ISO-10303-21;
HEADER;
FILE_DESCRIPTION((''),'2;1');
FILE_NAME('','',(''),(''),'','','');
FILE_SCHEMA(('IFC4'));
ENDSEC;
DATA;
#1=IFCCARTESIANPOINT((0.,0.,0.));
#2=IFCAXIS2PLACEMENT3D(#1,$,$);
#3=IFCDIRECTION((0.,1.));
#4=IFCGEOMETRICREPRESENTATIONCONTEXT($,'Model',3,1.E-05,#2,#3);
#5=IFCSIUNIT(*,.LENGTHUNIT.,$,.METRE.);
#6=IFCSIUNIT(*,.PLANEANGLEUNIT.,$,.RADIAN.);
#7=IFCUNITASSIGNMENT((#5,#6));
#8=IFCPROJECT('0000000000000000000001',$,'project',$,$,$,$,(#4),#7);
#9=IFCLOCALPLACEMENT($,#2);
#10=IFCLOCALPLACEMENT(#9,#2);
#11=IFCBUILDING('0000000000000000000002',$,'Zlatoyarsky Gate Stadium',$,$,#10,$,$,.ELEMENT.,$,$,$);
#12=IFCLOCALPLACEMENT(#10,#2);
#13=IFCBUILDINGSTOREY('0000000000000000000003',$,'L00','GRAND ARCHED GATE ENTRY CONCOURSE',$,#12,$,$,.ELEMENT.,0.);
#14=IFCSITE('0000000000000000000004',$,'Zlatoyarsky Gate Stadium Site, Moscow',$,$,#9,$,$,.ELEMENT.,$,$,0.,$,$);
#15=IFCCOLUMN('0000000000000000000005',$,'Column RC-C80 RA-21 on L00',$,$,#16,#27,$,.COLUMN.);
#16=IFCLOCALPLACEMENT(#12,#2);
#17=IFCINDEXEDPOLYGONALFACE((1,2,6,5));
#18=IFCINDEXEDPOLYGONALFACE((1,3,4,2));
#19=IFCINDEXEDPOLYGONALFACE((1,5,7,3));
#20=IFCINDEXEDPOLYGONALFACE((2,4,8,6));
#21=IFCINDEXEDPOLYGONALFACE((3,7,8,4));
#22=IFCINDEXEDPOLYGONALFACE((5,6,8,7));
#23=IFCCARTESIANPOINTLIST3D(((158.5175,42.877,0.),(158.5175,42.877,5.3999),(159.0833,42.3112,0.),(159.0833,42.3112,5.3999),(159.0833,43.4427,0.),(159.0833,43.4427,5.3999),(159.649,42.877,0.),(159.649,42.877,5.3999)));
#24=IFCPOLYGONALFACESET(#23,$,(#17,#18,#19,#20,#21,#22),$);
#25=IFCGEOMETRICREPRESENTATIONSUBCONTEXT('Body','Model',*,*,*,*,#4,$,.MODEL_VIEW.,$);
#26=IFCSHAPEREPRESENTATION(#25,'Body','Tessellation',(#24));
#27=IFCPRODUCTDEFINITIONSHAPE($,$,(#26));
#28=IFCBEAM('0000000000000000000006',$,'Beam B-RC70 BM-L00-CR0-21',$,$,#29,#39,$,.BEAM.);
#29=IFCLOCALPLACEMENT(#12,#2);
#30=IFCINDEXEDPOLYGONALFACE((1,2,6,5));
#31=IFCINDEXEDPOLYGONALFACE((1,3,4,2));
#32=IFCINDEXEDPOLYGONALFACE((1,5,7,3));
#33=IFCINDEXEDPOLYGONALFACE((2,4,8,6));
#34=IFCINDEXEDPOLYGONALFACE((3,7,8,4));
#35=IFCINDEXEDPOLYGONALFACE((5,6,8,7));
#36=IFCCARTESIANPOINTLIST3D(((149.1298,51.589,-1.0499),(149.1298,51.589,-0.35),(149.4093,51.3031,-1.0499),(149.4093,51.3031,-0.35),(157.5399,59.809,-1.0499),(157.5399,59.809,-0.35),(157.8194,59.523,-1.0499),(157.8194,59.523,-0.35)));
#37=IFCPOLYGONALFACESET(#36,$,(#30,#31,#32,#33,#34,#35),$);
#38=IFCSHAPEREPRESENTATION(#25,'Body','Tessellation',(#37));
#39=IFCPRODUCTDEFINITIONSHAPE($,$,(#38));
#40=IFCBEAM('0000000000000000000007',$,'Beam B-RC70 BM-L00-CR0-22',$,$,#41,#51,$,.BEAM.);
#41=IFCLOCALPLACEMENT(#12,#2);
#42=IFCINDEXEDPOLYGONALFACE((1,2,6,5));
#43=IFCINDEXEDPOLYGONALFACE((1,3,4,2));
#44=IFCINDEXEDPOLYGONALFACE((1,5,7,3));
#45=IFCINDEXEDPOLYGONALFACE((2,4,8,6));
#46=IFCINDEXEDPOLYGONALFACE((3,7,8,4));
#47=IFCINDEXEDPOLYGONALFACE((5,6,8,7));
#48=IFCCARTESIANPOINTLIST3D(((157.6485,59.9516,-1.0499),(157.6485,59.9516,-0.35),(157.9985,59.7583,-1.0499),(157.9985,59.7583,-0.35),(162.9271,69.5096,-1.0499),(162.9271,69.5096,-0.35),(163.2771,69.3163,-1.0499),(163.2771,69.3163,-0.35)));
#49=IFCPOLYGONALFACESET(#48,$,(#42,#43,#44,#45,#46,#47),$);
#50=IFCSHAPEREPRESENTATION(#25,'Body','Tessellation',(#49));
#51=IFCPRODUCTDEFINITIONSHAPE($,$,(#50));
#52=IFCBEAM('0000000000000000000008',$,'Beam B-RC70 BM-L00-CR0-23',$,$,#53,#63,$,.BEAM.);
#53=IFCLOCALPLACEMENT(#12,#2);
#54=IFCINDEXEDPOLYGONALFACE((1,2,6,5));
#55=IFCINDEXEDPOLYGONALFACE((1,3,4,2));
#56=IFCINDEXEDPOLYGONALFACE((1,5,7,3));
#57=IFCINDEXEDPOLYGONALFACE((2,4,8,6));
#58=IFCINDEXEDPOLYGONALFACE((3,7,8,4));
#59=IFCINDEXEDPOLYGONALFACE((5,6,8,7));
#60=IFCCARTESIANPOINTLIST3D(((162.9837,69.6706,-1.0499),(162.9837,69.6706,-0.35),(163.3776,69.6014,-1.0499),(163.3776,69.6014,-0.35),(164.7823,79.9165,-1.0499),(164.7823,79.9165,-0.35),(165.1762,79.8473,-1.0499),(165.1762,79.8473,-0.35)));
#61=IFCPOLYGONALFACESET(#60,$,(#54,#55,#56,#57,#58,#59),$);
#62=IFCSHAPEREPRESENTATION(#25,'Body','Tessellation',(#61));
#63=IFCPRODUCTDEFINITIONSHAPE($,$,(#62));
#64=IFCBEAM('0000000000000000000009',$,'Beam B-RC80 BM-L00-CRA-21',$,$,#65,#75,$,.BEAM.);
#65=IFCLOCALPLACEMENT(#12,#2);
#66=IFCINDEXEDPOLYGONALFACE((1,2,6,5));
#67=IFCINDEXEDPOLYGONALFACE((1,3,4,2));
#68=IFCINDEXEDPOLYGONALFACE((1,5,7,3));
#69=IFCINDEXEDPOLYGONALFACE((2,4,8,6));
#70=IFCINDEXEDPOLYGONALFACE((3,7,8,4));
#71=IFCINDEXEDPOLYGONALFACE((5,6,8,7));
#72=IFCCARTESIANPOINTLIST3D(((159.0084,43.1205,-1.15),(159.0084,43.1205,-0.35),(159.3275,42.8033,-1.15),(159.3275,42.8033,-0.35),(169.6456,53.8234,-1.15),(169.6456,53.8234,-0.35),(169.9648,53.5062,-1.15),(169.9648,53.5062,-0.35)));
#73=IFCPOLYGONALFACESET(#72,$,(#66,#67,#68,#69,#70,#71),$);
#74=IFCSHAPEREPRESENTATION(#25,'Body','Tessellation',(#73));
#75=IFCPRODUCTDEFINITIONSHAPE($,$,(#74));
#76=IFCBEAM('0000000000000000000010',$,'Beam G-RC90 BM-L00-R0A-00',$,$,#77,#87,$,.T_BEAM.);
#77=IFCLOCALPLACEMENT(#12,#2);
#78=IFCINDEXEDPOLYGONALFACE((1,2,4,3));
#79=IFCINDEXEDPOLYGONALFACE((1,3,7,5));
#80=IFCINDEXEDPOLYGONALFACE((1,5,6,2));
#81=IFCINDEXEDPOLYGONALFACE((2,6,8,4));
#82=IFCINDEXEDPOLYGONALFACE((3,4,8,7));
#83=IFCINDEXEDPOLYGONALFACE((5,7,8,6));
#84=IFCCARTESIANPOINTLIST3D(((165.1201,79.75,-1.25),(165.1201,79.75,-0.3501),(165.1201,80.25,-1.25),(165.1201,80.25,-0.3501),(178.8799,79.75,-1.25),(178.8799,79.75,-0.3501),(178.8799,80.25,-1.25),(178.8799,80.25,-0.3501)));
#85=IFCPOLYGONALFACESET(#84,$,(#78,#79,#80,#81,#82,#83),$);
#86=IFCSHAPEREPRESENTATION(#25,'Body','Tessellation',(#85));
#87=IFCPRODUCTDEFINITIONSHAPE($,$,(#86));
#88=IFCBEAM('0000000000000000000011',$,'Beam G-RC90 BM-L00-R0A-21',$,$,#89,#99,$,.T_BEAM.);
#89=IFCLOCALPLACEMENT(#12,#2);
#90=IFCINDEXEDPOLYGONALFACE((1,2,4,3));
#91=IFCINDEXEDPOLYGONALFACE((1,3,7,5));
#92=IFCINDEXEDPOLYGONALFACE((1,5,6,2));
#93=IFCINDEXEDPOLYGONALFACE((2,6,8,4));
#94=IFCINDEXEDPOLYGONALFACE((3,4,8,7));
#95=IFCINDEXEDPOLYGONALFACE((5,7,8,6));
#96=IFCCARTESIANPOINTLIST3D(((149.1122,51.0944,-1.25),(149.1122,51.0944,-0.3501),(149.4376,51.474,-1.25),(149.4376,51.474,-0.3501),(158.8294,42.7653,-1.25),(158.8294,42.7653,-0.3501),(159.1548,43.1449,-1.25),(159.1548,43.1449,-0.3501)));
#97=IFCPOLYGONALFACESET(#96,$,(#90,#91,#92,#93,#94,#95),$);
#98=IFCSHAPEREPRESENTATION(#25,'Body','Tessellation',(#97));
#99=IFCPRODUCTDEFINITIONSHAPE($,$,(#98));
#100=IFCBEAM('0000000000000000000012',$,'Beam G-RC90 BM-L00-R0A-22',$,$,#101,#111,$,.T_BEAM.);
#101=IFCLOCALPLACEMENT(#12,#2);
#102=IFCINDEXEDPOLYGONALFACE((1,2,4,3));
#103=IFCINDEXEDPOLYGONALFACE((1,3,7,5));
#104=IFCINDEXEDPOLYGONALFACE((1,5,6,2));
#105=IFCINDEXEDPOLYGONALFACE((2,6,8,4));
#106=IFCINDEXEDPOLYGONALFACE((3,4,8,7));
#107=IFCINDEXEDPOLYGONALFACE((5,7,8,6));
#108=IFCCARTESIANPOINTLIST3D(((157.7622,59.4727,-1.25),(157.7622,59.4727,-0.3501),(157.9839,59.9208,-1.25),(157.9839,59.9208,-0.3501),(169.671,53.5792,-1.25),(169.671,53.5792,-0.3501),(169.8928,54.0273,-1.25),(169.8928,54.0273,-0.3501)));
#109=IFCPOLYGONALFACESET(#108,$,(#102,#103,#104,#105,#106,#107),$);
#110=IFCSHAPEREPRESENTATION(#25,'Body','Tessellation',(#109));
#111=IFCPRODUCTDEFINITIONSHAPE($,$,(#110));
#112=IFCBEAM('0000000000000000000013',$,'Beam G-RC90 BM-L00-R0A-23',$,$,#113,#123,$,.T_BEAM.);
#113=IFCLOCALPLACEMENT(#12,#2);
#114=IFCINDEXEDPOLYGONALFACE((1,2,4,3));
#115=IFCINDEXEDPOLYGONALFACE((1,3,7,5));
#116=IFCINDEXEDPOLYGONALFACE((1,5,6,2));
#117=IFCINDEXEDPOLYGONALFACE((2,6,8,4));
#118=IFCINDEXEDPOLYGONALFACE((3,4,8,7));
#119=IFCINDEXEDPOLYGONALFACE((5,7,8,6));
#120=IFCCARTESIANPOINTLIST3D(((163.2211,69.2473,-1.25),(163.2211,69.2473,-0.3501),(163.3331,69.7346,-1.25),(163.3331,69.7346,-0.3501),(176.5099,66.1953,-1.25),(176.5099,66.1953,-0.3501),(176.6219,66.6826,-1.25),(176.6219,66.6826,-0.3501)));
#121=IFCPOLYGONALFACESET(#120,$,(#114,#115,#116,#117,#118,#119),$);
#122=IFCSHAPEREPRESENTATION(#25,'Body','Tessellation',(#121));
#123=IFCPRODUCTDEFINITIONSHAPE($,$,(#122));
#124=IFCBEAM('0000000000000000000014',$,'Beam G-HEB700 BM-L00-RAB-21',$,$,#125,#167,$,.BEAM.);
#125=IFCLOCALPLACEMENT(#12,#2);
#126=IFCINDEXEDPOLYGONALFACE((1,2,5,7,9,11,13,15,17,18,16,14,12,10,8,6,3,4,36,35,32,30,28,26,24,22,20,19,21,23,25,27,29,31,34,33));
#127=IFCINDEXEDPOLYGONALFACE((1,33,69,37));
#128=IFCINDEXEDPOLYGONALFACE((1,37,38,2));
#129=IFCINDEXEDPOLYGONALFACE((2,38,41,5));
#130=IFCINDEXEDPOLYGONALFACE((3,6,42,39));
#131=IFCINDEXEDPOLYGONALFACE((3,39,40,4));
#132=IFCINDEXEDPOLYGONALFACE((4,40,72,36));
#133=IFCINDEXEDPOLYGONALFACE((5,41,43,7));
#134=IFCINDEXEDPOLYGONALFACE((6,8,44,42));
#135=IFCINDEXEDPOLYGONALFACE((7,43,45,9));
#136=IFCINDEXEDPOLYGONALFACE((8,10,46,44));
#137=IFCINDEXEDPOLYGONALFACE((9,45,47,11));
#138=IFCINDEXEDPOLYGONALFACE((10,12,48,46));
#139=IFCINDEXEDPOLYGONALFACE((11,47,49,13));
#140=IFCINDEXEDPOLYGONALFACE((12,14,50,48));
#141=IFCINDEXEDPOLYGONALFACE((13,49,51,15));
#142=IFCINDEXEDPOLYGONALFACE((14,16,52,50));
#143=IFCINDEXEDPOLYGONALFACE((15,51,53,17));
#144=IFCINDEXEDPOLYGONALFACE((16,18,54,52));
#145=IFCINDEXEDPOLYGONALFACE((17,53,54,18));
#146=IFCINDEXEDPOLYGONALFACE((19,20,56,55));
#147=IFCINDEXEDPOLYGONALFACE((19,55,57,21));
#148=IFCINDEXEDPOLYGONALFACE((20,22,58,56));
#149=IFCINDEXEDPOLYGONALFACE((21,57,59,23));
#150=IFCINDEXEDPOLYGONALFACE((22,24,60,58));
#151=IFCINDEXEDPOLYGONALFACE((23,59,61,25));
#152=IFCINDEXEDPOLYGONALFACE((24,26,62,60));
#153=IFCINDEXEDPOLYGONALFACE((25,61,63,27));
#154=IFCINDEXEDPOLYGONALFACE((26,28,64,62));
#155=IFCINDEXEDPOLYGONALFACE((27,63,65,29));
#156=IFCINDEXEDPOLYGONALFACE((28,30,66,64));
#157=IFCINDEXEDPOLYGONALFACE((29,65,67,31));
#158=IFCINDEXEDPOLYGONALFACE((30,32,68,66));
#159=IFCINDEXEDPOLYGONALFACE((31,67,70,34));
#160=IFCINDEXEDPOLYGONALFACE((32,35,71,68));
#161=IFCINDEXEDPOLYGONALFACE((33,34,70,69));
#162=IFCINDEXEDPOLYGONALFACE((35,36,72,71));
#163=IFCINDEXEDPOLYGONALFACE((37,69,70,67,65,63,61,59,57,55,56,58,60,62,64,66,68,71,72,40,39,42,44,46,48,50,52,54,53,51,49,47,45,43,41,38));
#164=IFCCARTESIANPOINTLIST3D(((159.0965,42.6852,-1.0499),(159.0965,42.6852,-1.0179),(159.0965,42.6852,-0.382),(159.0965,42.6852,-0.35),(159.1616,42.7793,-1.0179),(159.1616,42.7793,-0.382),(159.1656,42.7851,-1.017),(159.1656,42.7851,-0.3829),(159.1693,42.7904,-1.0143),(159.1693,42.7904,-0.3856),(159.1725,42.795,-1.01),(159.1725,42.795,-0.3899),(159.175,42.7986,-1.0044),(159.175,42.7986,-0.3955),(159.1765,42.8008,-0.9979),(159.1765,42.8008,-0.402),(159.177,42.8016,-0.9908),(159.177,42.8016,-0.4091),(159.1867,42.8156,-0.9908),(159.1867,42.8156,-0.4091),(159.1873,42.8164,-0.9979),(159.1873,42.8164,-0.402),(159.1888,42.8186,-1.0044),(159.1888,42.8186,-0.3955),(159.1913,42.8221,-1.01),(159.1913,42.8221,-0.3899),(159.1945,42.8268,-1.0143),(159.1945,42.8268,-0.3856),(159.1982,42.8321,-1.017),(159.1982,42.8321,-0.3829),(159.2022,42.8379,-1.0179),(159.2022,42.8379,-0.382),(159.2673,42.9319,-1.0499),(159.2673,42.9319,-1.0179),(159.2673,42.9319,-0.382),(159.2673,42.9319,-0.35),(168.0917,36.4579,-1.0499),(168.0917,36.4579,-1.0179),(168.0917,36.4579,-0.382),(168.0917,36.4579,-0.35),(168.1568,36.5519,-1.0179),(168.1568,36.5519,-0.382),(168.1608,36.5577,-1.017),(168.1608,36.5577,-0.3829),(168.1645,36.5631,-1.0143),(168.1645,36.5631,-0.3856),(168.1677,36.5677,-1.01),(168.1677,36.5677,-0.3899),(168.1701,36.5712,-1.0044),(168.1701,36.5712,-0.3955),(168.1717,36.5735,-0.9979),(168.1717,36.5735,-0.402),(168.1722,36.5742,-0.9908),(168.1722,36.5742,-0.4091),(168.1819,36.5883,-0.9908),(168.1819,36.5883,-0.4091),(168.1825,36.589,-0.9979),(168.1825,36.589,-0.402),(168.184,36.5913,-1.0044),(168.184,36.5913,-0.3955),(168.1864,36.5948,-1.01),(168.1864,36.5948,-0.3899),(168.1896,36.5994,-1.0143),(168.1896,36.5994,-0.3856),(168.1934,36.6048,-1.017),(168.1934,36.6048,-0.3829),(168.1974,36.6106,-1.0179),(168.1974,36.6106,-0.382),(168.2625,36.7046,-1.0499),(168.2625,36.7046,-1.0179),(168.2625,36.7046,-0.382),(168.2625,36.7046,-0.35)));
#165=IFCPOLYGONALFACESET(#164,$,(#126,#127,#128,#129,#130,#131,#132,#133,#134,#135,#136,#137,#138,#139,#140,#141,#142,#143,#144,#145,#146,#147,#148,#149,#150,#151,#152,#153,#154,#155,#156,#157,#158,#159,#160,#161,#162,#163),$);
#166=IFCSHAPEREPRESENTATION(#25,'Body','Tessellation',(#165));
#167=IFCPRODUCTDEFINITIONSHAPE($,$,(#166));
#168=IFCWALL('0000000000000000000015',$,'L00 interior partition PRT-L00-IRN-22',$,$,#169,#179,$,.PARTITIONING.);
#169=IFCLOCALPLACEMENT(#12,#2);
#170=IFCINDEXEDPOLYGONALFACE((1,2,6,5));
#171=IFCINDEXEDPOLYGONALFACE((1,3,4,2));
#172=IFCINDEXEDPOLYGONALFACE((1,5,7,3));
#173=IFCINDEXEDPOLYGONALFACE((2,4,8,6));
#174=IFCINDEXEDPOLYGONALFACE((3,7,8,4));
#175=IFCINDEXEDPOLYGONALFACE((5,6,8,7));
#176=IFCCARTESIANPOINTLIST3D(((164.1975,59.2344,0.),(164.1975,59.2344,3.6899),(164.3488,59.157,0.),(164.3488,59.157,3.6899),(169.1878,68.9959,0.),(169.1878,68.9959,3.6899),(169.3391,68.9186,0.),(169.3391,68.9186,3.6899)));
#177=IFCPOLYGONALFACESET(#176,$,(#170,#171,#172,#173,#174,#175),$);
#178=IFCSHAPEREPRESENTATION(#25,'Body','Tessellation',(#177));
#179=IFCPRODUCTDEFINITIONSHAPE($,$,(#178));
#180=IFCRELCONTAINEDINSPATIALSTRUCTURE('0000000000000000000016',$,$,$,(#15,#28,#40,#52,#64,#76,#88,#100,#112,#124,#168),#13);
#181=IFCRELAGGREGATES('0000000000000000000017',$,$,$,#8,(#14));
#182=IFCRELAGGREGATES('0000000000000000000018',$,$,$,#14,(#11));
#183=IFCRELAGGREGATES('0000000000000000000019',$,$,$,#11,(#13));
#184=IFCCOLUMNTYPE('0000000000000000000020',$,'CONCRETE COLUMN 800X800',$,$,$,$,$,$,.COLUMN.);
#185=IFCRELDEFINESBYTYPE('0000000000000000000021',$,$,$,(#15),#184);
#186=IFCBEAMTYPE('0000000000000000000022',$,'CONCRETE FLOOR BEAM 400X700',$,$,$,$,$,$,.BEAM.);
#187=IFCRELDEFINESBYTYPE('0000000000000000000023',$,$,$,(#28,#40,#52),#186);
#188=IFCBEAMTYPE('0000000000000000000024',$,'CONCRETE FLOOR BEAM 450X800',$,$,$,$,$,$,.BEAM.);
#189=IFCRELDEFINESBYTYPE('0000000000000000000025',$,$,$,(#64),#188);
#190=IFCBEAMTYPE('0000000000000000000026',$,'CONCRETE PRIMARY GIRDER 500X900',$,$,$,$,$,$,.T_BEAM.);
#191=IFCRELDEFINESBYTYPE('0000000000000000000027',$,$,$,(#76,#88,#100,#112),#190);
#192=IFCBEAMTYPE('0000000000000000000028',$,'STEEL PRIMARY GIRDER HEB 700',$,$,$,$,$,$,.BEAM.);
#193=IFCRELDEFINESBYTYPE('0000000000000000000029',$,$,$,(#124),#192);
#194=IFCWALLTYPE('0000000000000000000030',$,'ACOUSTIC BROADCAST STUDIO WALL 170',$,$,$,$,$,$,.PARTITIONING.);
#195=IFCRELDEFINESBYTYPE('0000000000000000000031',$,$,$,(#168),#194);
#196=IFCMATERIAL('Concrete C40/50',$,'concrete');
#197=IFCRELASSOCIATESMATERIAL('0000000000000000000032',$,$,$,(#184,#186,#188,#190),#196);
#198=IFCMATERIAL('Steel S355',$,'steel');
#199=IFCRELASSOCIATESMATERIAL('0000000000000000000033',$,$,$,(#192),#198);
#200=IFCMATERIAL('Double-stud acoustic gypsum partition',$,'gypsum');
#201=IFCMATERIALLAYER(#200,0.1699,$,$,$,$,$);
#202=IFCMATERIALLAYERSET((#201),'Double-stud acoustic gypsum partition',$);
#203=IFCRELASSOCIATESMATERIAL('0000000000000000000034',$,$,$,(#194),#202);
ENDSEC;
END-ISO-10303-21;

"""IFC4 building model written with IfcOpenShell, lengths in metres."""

from ifc_helpers import new_model, si_unit, direction, frame, frame_2d, origin, origin_2d, place, context, subcontext, project, spatial, rectangle, i_section, extrude, material, layer, layer_set, material_profile, profile_set, type_object, element, save


model = new_model("IFC4")

# Units and contexts
model_context = context("Model", 3, precision=1e-05, world=origin(), true_north=direction((0.0, 1.0)))
body_context = subcontext(model_context, "Body", "Model", "MODEL_VIEW")
ifc_project = project(units=[si_unit("LENGTHUNIT", "METRE"), si_unit("PLANEANGLEUNIT", "RADIAN")], contexts=[model_context])

# Site, building, storey
site_placement = place(None, origin())
site = spatial("IfcSite", under=ifc_project, at=site_placement, Name="Zlatoyarsky Gate Stadium Site, Moscow", CompositionType="ELEMENT", RefElevation=0.0)
building_placement = place(site_placement, origin())
building = spatial("IfcBuilding", under=site, at=building_placement, Name="Zlatoyarsky Gate Stadium", CompositionType="ELEMENT")
storey_placement = place(building_placement, origin())
storey = spatial("IfcBuildingStorey", under=building, at=storey_placement, Name="L00", Description="GRAND ARCHED GATE ENTRY CONCOURSE", CompositionType="ELEMENT", Elevation=0.0)

# Column
ifc_material_1 = material(Name="Concrete C40/50", Category="concrete")
ifc_material_profile_1 = material_profile(ifc_material_1, rectangle(XDim=0.8, YDim=0.8, at=origin_2d()), Name="RC COL 800X800")
ifc_profile_set_1 = profile_set([ifc_material_profile_1], Name="Concrete C40/50")
column_type = type_object("IfcColumnType", Name="CONCRETE COLUMN 800X800", PredefinedType="COLUMN", material=ifc_profile_set_1)
column_placement = place(storey_placement, frame((159.0833, 42.877, 0.0), z_axis=(0.0, 0.0, 1.0), x_axis=(0.707107, -0.707107, 0.0)))
element("IfcColumn", 1, at=column_placement, inside=storey, type_object=column_type, Name="Column RC-C80 RA-21 on L00", PredefinedType="COLUMN", context=body_context, shape_type="SweptSolid", body=[
    extrude(rectangle(XDim=0.8, YDim=0.8, at=origin_2d()), origin(), (0.0, 0.0, 1.0), 5.3999),
])

# Beams
ifc_material_profile_2 = material_profile(ifc_material_1, rectangle(XDim=0.3999, YDim=0.7, at=origin_2d()), Name="RC BEAM 400X700")
ifc_profile_set_2 = profile_set([ifc_material_profile_2], Name="Concrete C40/50")
beam_type_1 = type_object("IfcBeamType", Name="CONCRETE FLOOR BEAM 400X700", PredefinedType="BEAM", material=ifc_profile_set_2)
beam_1_placement = place(storey_placement, frame((149.2695, 51.446, -0.7), z_axis=(0.715147, 0.698974, 0.0), x_axis=(-0.698974, 0.715147, 0.0)))
element("IfcBeam", 2, at=beam_1_placement, inside=storey, type_object=beam_type_1, Name="Beam B-RC70 BM-L00-CR0-21", PredefinedType="BEAM", context=body_context, shape_type="SweptSolid", body=[
    extrude(rectangle(XDim=0.3999, YDim=0.7, at=origin_2d()), origin(), (0.0, 0.0, 1.0), 11.76),
])
beam_2_placement = place(storey_placement, frame((157.8235, 59.855, -0.7), z_axis=(0.483447, 0.875374, 0.0), x_axis=(-0.875374, 0.483447, 0.0)))
element("IfcBeam", 3, at=beam_2_placement, inside=storey, type_object=beam_type_1, Name="Beam B-RC70 BM-L00-CR0-22", PredefinedType="BEAM", context=body_context, shape_type="SweptSolid", body=[
    extrude(rectangle(XDim=0.3999, YDim=0.7, at=origin_2d()), origin(), (0.0, 0.0, 1.0), 10.9187),
])
beam_3_placement = place(storey_placement, frame((163.1807, 69.636, -0.7), z_axis=(0.172899, 0.98494, 0.0), x_axis=(-0.98494, 0.172899, 0.0)))
element("IfcBeam", 4, at=beam_3_placement, inside=storey, type_object=beam_type_1, Name="Beam B-RC70 BM-L00-CR0-23", PredefinedType="BEAM", context=body_context, shape_type="SweptSolid", body=[
    extrude(rectangle(XDim=0.3999, YDim=0.7, at=origin_2d()), origin(), (0.0, 0.0, 1.0), 10.4026),
])
ifc_material_profile_3 = material_profile(ifc_material_1, rectangle(XDim=0.45, YDim=0.8, at=origin_2d()), Name="RC BEAM 450X800")
ifc_profile_set_3 = profile_set([ifc_material_profile_3], Name="Concrete C40/50")
beam_type_2 = type_object("IfcBeamType", Name="CONCRETE FLOOR BEAM 450X800", PredefinedType="BEAM", material=ifc_profile_set_3)
beam_4_placement = place(storey_placement, frame((159.168, 42.9619, -0.75), z_axis=(0.704927, 0.70928, 0.0), x_axis=(-0.70928, 0.704927, 0.0)))
element("IfcBeam", 5, at=beam_4_placement, inside=storey, type_object=beam_type_2, Name="Beam B-RC80 BM-L00-CRA-21", PredefinedType="BEAM", context=body_context, shape_type="SweptSolid", body=[
    extrude(rectangle(XDim=0.45, YDim=0.8, at=origin_2d()), origin(), (0.0, 0.0, 1.0), 15.0898),
])
ifc_material_profile_4 = material_profile(ifc_material_1, rectangle(XDim=0.5, YDim=0.8999, at=origin_2d()), Name="RC GIRDER 500X900")
ifc_profile_set_4 = profile_set([ifc_material_profile_4], Name="Concrete C40/50")
beam_type_3 = type_object("IfcBeamType", Name="CONCRETE PRIMARY GIRDER 500X900", PredefinedType="T_BEAM", material=ifc_profile_set_4)
beam_5_placement = place(storey_placement, frame((165.1201, 80.0, -0.8), z_axis=(1.0, 0.0, 0.0), x_axis=(0.0, 1.0, 0.0)))
element("IfcBeam", 6, at=beam_5_placement, inside=storey, type_object=beam_type_3, Name="Beam G-RC90 BM-L00-R0A-00", PredefinedType="T_BEAM", context=body_context, shape_type="SweptSolid", body=[
    extrude(rectangle(XDim=0.5, YDim=0.8999, at=origin_2d()), origin(), (0.0, 0.0, 1.0), 13.7598),
])
beam_6_placement = place(storey_placement, frame((149.2749, 51.2842, -0.8), z_axis=(0.759257, -0.650791, 0.0), x_axis=(0.650791, 0.759257, 0.0)))
element("IfcBeam", 7, at=beam_6_placement, inside=storey, type_object=beam_type_3, Name="Beam G-RC90 BM-L00-R0A-21", PredefinedType="T_BEAM", context=body_context, shape_type="SweptSolid", body=[
    extrude(rectangle(XDim=0.5, YDim=0.8999, at=origin_2d()), origin(), (0.0, 0.0, 1.0), 12.7983),
])
beam_7_placement = place(storey_placement, frame((157.873, 59.6968, -0.8), z_axis=(0.896253, -0.443542, 0.0), x_axis=(0.443542, 0.896253, 0.0)))
element("IfcBeam", 8, at=beam_7_placement, inside=storey, type_object=beam_type_3, Name="Beam G-RC90 BM-L00-R0A-22", PredefinedType="T_BEAM", context=body_context, shape_type="SweptSolid", body=[
    extrude(rectangle(XDim=0.5, YDim=0.8999, at=origin_2d()), origin(), (0.0, 0.0, 1.0), 13.2874),
])
beam_8_placement = place(storey_placement, frame((163.2771, 69.491, -0.8), z_axis=(0.974626, -0.223839, 0.0), x_axis=(0.223839, 0.974626, 0.0)))
element("IfcBeam", 9, at=beam_8_placement, inside=storey, type_object=beam_type_3, Name="Beam G-RC90 BM-L00-R0A-23", PredefinedType="T_BEAM", context=body_context, shape_type="SweptSolid", body=[
    extrude(rectangle(XDim=0.5, YDim=0.8999, at=origin_2d()), origin(), (0.0, 0.0, 1.0), 13.6348),
])
ifc_material_2 = material(Name="Steel S355", Category="steel")
ifc_material_profile_5 = material_profile(ifc_material_2, i_section(OverallWidth=0.3, OverallDepth=0.7, WebThickness=0.0171, FlangeThickness=0.032, FilletRadius=0.0271, at=origin_2d()), Name="HEB 700")
ifc_profile_set_5 = profile_set([ifc_material_profile_5], Name="Steel S355")
beam_type_4 = type_object("IfcBeamType", Name="STEEL PRIMARY GIRDER HEB 700", PredefinedType="BEAM", material=ifc_profile_set_5)
beam_9_placement = place(storey_placement, frame((159.1819, 42.8086, -0.7), z_axis=(0.822196, -0.569204, 0.0), x_axis=(0.569204, 0.822196, 0.0)))
element("IfcBeam", 10, at=beam_9_placement, inside=storey, type_object=beam_type_4, Name="Beam G-HEB700 BM-L00-RAB-21", PredefinedType="BEAM", context=body_context, shape_type="SweptSolid", body=[
    extrude(i_section(OverallWidth=0.3, OverallDepth=0.7, WebThickness=0.0171, FlangeThickness=0.032, FilletRadius=0.0271, at=origin_2d()), origin(), (0.0, 0.0, 1.0), 10.9404),
])

# Wall
ifc_material_3 = material(Name="Double-stud acoustic gypsum partition", Category="gypsum")
ifc_layer_1 = layer(ifc_material_3, 0.1699)
ifc_layer_set_1 = layer_set([ifc_layer_1], Name="Double-stud acoustic gypsum partition")
wall_type_1 = type_object("IfcWallType", Name="ACOUSTIC BROADCAST STUDIO WALL 170", PredefinedType="PARTITIONING", material=ifc_layer_set_1)
wall_1_placement = place(storey_placement, frame((164.2732, 59.1958, 0.0), z_axis=(0.0, 0.0, 1.0), x_axis=(0.455186, 0.890396, 0.0)))
element("IfcWall", 11, at=wall_1_placement, inside=storey, type_object=wall_type_1, Name="L00 interior partition PRT-L00-IRN-22", PredefinedType="PARTITIONING", context=body_context, shape_type="SweptSolid", body=[
    extrude(rectangle(XDim=10.9631, YDim=0.1699, at=frame_2d((5.4814, 0.0))), origin(), (0.0, 0.0, 1.0), 3.6899),
])

save(model, "model.ifc")
